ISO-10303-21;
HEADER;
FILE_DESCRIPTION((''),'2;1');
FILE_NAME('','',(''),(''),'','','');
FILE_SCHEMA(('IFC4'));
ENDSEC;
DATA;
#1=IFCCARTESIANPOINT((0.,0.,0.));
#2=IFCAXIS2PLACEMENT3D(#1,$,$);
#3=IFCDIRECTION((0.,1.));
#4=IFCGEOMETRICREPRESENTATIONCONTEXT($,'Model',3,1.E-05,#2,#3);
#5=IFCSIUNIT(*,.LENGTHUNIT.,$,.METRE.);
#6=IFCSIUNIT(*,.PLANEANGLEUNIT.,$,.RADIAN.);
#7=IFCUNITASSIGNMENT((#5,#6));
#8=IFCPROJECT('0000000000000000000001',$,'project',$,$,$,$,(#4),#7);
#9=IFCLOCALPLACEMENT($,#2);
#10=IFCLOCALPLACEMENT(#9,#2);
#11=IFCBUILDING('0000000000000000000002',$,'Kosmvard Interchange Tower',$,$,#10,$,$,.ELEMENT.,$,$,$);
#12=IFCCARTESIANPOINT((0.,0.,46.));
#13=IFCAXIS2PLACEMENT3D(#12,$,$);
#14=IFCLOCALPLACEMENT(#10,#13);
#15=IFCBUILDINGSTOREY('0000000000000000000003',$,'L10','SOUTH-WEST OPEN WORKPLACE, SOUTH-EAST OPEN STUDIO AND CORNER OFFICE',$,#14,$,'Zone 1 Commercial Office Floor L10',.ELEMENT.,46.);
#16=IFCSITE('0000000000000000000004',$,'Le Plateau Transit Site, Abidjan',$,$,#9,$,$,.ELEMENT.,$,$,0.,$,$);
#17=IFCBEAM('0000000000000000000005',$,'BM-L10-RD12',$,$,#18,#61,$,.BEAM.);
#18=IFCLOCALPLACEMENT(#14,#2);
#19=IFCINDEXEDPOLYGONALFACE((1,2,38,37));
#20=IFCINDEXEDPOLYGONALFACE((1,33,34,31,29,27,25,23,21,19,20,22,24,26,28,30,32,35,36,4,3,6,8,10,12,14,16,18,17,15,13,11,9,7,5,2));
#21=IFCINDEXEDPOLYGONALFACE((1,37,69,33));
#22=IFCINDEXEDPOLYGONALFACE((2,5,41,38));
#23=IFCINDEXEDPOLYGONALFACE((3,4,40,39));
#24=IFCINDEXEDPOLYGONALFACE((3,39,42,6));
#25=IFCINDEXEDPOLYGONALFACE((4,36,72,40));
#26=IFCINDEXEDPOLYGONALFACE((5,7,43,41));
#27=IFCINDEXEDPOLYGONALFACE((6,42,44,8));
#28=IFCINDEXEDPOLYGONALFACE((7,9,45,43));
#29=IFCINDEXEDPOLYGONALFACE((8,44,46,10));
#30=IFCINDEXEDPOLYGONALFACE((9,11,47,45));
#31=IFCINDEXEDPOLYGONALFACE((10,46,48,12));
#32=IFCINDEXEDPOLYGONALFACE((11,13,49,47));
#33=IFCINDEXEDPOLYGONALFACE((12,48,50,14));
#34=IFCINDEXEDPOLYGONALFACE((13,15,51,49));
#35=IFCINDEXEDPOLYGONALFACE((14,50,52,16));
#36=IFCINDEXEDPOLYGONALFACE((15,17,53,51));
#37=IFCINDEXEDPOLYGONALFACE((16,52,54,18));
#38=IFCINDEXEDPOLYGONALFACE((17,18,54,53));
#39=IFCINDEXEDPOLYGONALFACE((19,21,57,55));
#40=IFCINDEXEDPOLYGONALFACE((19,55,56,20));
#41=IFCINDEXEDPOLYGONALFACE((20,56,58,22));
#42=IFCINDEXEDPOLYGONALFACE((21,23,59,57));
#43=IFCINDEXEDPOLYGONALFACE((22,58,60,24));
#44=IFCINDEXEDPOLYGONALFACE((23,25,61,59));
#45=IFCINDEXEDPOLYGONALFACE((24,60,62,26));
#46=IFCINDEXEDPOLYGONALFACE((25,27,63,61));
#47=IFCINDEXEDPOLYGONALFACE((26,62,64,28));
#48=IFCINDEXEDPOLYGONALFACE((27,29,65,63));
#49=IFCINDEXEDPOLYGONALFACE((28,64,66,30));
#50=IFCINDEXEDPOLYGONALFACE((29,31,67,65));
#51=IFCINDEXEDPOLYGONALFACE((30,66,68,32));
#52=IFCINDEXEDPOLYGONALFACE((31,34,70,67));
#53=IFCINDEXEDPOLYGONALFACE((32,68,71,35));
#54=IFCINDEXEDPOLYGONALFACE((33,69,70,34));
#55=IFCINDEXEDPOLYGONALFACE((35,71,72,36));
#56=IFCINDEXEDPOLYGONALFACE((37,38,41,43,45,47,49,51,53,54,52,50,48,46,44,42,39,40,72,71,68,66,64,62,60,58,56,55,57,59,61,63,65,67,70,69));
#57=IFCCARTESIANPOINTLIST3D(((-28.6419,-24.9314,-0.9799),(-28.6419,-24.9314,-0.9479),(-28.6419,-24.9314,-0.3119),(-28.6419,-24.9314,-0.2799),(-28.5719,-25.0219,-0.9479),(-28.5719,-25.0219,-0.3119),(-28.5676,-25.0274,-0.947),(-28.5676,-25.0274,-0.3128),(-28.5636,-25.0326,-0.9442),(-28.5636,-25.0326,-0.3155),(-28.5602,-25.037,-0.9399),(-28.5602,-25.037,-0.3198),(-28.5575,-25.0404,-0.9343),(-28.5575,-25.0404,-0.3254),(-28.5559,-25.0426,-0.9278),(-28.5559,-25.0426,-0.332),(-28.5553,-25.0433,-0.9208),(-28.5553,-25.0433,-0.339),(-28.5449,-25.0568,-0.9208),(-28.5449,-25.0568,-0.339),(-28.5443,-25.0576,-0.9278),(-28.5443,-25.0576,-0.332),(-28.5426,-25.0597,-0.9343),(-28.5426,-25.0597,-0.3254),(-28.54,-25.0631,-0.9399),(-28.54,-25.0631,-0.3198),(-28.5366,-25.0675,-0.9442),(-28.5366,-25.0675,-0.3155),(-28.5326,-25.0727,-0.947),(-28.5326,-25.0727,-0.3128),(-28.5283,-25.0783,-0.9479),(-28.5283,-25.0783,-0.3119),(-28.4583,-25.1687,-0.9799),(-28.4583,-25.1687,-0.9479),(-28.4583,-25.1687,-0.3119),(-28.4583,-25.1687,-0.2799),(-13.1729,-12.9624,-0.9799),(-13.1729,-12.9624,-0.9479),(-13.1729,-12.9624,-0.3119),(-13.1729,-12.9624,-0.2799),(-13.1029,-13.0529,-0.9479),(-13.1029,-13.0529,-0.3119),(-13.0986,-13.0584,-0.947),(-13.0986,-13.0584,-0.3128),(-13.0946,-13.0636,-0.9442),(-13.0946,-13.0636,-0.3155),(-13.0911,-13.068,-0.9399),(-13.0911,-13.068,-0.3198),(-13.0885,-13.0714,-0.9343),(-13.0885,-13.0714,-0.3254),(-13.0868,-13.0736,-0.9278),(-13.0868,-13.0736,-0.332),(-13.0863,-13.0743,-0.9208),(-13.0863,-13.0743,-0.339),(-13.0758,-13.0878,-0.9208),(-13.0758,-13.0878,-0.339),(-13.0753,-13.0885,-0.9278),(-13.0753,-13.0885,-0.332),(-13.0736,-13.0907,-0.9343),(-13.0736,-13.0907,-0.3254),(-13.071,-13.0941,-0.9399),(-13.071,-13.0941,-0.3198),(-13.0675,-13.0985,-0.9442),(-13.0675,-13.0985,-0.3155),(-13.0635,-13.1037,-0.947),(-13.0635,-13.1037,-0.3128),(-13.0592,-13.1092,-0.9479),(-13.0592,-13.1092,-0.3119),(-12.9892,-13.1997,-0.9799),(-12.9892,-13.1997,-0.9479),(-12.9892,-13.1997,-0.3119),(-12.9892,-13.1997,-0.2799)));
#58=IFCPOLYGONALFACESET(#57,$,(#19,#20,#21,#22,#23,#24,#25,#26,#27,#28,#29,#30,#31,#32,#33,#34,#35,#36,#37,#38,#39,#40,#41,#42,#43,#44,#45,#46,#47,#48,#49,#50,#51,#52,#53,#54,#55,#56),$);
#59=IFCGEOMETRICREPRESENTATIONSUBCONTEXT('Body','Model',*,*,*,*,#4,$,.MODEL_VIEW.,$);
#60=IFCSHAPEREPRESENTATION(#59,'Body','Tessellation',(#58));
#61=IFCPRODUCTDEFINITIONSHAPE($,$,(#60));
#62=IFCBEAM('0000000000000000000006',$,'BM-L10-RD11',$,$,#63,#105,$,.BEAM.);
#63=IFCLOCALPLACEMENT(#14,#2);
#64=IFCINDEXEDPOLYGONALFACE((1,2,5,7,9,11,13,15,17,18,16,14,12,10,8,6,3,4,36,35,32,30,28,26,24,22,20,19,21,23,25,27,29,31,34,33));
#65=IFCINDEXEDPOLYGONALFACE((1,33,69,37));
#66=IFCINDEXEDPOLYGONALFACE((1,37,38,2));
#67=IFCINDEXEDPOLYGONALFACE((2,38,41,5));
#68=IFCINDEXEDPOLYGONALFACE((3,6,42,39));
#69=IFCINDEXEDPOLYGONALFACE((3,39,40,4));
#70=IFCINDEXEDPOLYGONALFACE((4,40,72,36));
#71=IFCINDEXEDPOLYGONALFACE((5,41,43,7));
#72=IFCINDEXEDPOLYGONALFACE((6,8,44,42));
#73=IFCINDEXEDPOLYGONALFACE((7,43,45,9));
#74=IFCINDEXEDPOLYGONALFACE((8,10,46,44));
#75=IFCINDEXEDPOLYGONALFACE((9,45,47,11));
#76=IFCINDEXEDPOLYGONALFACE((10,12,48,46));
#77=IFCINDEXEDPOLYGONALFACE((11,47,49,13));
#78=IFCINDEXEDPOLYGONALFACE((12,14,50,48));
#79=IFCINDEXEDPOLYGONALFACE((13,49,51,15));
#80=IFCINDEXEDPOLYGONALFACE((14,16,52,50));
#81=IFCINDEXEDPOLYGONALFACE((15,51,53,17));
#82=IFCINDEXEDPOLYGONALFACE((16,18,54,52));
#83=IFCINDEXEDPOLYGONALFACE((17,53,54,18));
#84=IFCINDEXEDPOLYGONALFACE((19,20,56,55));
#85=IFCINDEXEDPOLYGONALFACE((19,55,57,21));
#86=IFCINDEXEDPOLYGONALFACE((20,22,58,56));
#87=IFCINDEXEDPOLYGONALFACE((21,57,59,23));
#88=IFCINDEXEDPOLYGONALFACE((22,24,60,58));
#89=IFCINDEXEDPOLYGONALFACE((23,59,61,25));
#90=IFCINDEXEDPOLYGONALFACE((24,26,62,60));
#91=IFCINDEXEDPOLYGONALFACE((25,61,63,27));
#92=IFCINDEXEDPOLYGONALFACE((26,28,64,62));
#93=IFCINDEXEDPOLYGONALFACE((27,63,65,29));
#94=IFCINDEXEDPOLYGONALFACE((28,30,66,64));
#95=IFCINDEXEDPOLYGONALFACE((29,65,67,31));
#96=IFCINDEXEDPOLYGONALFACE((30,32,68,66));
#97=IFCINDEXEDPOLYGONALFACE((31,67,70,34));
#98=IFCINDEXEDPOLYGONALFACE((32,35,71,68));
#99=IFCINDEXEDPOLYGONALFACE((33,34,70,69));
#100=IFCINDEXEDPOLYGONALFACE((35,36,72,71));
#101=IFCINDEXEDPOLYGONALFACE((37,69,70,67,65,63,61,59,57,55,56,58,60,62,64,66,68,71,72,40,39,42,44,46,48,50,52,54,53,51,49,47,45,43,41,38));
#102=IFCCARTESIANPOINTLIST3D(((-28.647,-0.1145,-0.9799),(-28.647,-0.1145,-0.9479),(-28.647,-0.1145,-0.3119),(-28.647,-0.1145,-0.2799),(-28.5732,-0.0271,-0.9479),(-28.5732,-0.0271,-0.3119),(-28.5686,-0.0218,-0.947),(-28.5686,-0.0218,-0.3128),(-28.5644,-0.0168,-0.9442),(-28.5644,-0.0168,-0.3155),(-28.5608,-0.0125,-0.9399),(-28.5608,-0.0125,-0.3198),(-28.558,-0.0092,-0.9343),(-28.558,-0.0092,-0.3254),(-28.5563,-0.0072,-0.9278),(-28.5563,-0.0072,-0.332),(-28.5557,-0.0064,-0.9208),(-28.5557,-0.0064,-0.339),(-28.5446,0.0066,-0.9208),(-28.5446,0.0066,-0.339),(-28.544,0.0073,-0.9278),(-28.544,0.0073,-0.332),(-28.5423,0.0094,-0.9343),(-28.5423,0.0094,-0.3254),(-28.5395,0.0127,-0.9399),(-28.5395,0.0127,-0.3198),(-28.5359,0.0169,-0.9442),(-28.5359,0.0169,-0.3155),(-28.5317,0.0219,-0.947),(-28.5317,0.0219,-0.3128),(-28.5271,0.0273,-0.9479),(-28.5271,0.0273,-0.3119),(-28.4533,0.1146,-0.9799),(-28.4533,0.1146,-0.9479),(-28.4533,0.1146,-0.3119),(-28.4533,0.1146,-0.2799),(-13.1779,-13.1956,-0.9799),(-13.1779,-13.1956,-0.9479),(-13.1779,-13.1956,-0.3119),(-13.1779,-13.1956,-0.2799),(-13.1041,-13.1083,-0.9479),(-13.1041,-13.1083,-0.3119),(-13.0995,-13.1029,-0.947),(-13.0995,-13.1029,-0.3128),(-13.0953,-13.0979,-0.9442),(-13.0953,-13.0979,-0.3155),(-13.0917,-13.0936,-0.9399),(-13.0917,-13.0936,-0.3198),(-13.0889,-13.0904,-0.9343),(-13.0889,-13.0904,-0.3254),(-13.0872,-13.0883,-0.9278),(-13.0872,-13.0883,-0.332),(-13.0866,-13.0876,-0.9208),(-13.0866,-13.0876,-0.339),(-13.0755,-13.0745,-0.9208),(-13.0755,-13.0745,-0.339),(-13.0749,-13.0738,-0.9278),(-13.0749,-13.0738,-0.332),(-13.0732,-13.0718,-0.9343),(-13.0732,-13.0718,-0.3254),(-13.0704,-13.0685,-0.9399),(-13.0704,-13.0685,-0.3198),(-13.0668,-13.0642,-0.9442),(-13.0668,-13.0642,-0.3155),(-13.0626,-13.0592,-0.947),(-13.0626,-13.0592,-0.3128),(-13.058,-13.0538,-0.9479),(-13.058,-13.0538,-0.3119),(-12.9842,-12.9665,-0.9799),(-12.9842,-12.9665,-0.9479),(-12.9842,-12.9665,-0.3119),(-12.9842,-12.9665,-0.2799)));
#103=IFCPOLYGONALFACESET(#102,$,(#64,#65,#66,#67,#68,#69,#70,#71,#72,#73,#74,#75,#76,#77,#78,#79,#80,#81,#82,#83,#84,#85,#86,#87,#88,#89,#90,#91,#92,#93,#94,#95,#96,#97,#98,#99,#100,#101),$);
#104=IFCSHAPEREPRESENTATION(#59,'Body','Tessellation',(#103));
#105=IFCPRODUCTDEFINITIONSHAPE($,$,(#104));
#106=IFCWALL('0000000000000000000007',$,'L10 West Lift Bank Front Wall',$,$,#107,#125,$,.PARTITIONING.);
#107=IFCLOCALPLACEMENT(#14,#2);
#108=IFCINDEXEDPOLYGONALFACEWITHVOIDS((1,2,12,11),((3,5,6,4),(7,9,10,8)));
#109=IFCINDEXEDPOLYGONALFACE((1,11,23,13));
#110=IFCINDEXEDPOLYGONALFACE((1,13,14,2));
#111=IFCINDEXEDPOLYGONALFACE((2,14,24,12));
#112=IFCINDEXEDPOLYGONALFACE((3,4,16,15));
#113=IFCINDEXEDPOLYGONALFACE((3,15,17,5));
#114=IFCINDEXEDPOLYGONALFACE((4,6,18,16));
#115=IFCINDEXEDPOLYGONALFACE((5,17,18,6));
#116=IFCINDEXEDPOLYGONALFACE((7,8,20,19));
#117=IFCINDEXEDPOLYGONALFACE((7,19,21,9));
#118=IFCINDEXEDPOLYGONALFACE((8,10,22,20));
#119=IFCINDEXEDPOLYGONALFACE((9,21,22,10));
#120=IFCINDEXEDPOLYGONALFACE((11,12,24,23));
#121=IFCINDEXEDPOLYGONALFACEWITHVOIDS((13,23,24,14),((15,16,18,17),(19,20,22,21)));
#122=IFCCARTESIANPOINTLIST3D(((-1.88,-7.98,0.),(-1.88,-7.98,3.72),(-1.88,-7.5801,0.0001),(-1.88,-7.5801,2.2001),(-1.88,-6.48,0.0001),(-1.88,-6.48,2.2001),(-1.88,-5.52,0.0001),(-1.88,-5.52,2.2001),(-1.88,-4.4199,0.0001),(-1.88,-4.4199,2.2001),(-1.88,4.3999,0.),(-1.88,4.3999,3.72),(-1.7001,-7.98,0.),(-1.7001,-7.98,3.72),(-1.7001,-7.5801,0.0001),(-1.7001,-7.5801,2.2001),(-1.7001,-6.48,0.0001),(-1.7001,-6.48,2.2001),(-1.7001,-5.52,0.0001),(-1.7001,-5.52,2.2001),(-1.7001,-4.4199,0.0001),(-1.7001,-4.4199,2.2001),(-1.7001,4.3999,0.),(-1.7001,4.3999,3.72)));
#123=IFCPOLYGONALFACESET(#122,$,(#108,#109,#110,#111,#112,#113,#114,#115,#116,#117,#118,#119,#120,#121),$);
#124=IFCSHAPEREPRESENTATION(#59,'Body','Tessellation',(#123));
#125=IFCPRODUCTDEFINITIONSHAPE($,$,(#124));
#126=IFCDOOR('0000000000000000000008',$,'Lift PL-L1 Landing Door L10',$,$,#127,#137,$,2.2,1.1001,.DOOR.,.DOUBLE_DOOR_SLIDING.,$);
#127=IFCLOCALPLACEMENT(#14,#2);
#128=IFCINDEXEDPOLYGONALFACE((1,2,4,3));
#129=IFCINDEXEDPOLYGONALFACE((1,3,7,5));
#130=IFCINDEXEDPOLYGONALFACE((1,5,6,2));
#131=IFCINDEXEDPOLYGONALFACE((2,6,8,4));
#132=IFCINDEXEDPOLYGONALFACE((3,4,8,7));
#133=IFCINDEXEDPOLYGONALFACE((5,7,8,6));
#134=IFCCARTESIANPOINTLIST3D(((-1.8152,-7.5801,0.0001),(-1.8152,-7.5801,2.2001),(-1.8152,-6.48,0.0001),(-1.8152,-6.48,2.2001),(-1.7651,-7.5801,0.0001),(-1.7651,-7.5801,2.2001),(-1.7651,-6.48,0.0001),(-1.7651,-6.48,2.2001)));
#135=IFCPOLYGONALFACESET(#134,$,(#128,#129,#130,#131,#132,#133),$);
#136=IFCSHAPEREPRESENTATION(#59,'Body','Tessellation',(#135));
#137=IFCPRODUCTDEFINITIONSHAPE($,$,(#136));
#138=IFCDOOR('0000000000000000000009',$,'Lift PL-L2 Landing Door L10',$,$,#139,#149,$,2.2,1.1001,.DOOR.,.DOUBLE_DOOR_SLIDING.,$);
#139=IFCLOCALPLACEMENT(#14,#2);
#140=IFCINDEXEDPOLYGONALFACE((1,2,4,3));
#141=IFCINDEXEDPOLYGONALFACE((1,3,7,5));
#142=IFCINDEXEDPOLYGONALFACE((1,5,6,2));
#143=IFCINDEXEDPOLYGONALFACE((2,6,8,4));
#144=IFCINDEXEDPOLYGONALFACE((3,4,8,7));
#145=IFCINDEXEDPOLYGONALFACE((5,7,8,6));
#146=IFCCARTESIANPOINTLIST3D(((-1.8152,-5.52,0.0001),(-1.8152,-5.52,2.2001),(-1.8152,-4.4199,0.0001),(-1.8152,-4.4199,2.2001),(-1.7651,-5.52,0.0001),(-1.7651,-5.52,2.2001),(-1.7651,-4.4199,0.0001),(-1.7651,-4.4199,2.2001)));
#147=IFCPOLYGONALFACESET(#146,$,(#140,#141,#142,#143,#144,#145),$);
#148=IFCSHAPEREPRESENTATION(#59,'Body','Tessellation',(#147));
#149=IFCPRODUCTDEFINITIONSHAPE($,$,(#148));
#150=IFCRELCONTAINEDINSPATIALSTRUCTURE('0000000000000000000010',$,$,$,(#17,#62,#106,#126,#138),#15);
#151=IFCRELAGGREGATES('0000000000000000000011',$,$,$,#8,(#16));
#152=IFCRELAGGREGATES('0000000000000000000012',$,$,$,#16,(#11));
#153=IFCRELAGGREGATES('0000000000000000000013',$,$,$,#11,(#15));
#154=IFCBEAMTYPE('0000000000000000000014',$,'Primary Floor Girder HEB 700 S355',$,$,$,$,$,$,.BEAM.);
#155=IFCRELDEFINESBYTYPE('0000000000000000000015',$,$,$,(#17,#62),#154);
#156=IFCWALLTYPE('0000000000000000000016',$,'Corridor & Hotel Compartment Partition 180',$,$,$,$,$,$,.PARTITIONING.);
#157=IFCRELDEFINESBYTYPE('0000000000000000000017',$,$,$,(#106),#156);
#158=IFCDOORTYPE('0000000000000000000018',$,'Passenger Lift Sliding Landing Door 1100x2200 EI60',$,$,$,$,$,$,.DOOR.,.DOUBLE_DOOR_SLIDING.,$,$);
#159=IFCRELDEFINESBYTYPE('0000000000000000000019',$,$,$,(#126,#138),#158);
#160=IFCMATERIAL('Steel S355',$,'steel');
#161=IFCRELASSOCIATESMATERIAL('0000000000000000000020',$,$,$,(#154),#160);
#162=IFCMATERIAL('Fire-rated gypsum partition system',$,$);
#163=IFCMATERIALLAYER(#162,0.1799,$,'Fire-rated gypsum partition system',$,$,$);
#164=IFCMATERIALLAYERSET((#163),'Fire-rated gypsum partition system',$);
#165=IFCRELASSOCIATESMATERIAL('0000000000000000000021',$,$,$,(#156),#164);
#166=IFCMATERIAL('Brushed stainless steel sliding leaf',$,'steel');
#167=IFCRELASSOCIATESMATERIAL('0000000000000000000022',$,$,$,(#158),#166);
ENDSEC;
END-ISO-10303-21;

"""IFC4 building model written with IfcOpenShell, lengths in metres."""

from ifc_helpers import new_model, si_unit, direction, frame, frame_2d, origin, origin_2d, place, context, subcontext, project, spatial, rectangle, i_section, extrude, source, transform, mapped, material, layer, layer_set, material_profile, profile_set, type_object, element, fill, save


model = new_model("IFC4")

# Units and contexts
model_context = context("Model", 3, precision=1e-05, world=origin(), true_north=direction((0.0, 1.0)))
body_context = subcontext(model_context, "Body", "Model", "MODEL_VIEW")
ifc_project = project(units=[si_unit("LENGTHUNIT", "METRE"), si_unit("PLANEANGLEUNIT", "RADIAN")], contexts=[model_context])

# Site, building, storey
site_placement = place(None, origin())
site = spatial("IfcSite", under=ifc_project, at=site_placement, Name="Le Plateau Transit Site, Abidjan", CompositionType="ELEMENT", RefElevation=0.0)
building_placement = place(site_placement, origin())
building = spatial("IfcBuilding", under=site, at=building_placement, Name="Kosmvard Interchange Tower", CompositionType="ELEMENT")
storey_placement = place(building_placement, frame((0.0, 0.0, 46.0)))
storey = spatial("IfcBuildingStorey", under=building, at=storey_placement, Name="L10", Description="SOUTH-WEST OPEN WORKPLACE, SOUTH-EAST OPEN STUDIO AND CORNER OFFICE", LongName="Zone 1 Commercial Office Floor L10", CompositionType="ELEMENT", Elevation=46.0)

# Beams
ifc_material_1 = material(Name="Steel S355", Category="steel")
ifc_material_profile_1 = material_profile(ifc_material_1, i_section(OverallWidth=0.3, OverallDepth=0.7, WebThickness=0.0171, FlangeThickness=0.032, FilletRadius=0.0271, at=origin_2d()), Name="HEB 700")
ifc_profile_set_1 = profile_set([ifc_material_profile_1], Name="Steel S355")
beam_type_1 = type_object("IfcBeamType", Name="Primary Floor Girder HEB 700 S355", PredefinedType="BEAM", material=ifc_profile_set_1)
shared_shape_1 = source(origin(), body_context, "Body", "SweptSolid", [
    extrude(i_section(OverallWidth=0.3, OverallDepth=0.7, WebThickness=0.0171, FlangeThickness=0.032, FilletRadius=0.0271, at=origin_2d()), origin(), (0.0, 0.0, 1.0), 19.5588),
])
beam_1_placement = place(storey_placement, frame((-13.0811, -13.0811, -0.6299), z_axis=(-0.790897, -0.611949, 0.0), x_axis=(0.611949, -0.790897, 0.0)))
element("IfcBeam", 1, at=beam_1_placement, inside=storey, type_object=beam_type_1, Name="BM-L10-RD12", PredefinedType="BEAM", context=body_context, shape_type="MappedRepresentation", body=[
    mapped(shared_shape_1, transform((0.0, 0.0, 0.0), scale=1.0)),
])
shared_shape_2 = source(origin(), body_context, "Body", "SweptSolid", [
    extrude(i_section(OverallWidth=0.3, OverallDepth=0.7, WebThickness=0.0171, FlangeThickness=0.032, FilletRadius=0.0271, at=origin_2d()), origin(), (0.0, 0.0, 1.0), 20.2585),
])
beam_2_placement = place(storey_placement, frame((-13.0811, -13.0811, -0.6299), z_axis=(-0.763583, 0.645709, 0.0), x_axis=(-0.645709, -0.763583, 0.0)))
element("IfcBeam", 2, at=beam_2_placement, inside=storey, type_object=beam_type_1, Name="BM-L10-RD11", PredefinedType="BEAM", context=body_context, shape_type="MappedRepresentation", body=[
    mapped(shared_shape_2, transform((0.0, 0.0, 0.0), scale=1.0)),
])

# Wall, openings, doors
ifc_material_2 = material(Name="Fire-rated gypsum partition system")
ifc_layer_1 = layer(ifc_material_2, 0.1799, Name="Fire-rated gypsum partition system")
ifc_layer_set_1 = layer_set([ifc_layer_1], Name="Fire-rated gypsum partition system")
wall_type_1 = type_object("IfcWallType", Name="Corridor & Hotel Compartment Partition 180", PredefinedType="PARTITIONING", material=ifc_layer_set_1)
wall_1_placement = place(storey_placement, frame((-1.79, -7.98, 0.0), z_axis=(0.0, 0.0, 1.0), x_axis=(0.0, 1.0, 0.0)))
wall_1 = element("IfcWall", 3, at=wall_1_placement, inside=storey, type_object=wall_type_1, Name="L10 West Lift Bank Front Wall", PredefinedType="PARTITIONING", context=body_context, shape_type="SweptSolid", body=[
    extrude(rectangle(XDim=12.3799, YDim=0.1799, at=frame_2d((6.1899, 0.0))), origin(), (0.0, 0.0, 1.0), 3.72),
])
opening_1_placement = place(wall_1_placement, frame((0.3999, 0.0, 0.0)))
opening_1 = element("IfcOpeningElement", 4, at=opening_1_placement, cuts=wall_1, PredefinedType="OPENING", context=body_context, shape_type="SweptSolid", body=[
    extrude(rectangle(XDim=1.1001, YDim=2.2, at=frame_2d((0.55, 1.1001))), frame((0.0, 0.1001, 0.0), z_axis=(0.0, -1.0, 0.0), x_axis=(1.0, 0.0, 0.0)), (0.0, 0.0, 1.0), 0.2),
])
opening_2_placement = place(wall_1_placement, frame((2.46, 0.0, 0.0)))
opening_2 = element("IfcOpeningElement", 5, at=opening_2_placement, cuts=wall_1, PredefinedType="OPENING", context=body_context, shape_type="SweptSolid", body=[
    extrude(rectangle(XDim=1.1001, YDim=2.2, at=frame_2d((0.55, 1.1001))), frame((0.0, 0.1001, 0.0), z_axis=(0.0, -1.0, 0.0), x_axis=(1.0, 0.0, 0.0)), (0.0, 0.0, 1.0), 0.2),
])
ifc_material_3 = material(Name="Brushed stainless steel sliding leaf", Category="steel")
door_type_1 = type_object("IfcDoorType", Name="Passenger Lift Sliding Landing Door 1100x2200 EI60", OperationType="DOUBLE_DOOR_SLIDING", PredefinedType="DOOR", material=ifc_material_3)
shared_shape_3 = source(origin(), body_context, "Body", "SweptSolid", [
    extrude(rectangle(XDim=1.1001, YDim=2.2, at=frame_2d((0.55, 1.1001))), frame((0.0, 0.0249, 0.0), z_axis=(0.0, -1.0, 0.0), x_axis=(1.0, 0.0, 0.0)), (0.0, 0.0, 1.0), 0.05),
])
door_1_placement = place(opening_1_placement, frame((1.1001, 0.0, 0.0), z_axis=(0.0, 0.0, 1.0), x_axis=(-1.0, 0.0, 0.0)))
door_1 = element("IfcDoor", 6, at=door_1_placement, inside=storey, type_object=door_type_1, Name="Lift PL-L1 Landing Door L10", OperationType="DOUBLE_DOOR_SLIDING", OverallHeight=2.2, OverallWidth=1.1001, PredefinedType="DOOR", context=body_context, shape_type="MappedRepresentation", body=[
    mapped(shared_shape_3, transform((0.0, 0.0, 0.0), scale=1.0)),
])
fill(opening_1, door_1)
door_2_placement = place(opening_2_placement, frame((1.1001, 0.0, 0.0), z_axis=(0.0, 0.0, 1.0), x_axis=(-1.0, 0.0, 0.0)))
door_2 = element("IfcDoor", 7, at=door_2_placement, inside=storey, type_object=door_type_1, Name="Lift PL-L2 Landing Door L10", OperationType="DOUBLE_DOOR_SLIDING", OverallHeight=2.2, OverallWidth=1.1001, PredefinedType="DOOR", context=body_context, shape_type="MappedRepresentation", body=[
    mapped(shared_shape_3, transform((0.0, 0.0, 0.0), scale=1.0)),
])
fill(opening_2, door_2)

save(model, "model.ifc")
